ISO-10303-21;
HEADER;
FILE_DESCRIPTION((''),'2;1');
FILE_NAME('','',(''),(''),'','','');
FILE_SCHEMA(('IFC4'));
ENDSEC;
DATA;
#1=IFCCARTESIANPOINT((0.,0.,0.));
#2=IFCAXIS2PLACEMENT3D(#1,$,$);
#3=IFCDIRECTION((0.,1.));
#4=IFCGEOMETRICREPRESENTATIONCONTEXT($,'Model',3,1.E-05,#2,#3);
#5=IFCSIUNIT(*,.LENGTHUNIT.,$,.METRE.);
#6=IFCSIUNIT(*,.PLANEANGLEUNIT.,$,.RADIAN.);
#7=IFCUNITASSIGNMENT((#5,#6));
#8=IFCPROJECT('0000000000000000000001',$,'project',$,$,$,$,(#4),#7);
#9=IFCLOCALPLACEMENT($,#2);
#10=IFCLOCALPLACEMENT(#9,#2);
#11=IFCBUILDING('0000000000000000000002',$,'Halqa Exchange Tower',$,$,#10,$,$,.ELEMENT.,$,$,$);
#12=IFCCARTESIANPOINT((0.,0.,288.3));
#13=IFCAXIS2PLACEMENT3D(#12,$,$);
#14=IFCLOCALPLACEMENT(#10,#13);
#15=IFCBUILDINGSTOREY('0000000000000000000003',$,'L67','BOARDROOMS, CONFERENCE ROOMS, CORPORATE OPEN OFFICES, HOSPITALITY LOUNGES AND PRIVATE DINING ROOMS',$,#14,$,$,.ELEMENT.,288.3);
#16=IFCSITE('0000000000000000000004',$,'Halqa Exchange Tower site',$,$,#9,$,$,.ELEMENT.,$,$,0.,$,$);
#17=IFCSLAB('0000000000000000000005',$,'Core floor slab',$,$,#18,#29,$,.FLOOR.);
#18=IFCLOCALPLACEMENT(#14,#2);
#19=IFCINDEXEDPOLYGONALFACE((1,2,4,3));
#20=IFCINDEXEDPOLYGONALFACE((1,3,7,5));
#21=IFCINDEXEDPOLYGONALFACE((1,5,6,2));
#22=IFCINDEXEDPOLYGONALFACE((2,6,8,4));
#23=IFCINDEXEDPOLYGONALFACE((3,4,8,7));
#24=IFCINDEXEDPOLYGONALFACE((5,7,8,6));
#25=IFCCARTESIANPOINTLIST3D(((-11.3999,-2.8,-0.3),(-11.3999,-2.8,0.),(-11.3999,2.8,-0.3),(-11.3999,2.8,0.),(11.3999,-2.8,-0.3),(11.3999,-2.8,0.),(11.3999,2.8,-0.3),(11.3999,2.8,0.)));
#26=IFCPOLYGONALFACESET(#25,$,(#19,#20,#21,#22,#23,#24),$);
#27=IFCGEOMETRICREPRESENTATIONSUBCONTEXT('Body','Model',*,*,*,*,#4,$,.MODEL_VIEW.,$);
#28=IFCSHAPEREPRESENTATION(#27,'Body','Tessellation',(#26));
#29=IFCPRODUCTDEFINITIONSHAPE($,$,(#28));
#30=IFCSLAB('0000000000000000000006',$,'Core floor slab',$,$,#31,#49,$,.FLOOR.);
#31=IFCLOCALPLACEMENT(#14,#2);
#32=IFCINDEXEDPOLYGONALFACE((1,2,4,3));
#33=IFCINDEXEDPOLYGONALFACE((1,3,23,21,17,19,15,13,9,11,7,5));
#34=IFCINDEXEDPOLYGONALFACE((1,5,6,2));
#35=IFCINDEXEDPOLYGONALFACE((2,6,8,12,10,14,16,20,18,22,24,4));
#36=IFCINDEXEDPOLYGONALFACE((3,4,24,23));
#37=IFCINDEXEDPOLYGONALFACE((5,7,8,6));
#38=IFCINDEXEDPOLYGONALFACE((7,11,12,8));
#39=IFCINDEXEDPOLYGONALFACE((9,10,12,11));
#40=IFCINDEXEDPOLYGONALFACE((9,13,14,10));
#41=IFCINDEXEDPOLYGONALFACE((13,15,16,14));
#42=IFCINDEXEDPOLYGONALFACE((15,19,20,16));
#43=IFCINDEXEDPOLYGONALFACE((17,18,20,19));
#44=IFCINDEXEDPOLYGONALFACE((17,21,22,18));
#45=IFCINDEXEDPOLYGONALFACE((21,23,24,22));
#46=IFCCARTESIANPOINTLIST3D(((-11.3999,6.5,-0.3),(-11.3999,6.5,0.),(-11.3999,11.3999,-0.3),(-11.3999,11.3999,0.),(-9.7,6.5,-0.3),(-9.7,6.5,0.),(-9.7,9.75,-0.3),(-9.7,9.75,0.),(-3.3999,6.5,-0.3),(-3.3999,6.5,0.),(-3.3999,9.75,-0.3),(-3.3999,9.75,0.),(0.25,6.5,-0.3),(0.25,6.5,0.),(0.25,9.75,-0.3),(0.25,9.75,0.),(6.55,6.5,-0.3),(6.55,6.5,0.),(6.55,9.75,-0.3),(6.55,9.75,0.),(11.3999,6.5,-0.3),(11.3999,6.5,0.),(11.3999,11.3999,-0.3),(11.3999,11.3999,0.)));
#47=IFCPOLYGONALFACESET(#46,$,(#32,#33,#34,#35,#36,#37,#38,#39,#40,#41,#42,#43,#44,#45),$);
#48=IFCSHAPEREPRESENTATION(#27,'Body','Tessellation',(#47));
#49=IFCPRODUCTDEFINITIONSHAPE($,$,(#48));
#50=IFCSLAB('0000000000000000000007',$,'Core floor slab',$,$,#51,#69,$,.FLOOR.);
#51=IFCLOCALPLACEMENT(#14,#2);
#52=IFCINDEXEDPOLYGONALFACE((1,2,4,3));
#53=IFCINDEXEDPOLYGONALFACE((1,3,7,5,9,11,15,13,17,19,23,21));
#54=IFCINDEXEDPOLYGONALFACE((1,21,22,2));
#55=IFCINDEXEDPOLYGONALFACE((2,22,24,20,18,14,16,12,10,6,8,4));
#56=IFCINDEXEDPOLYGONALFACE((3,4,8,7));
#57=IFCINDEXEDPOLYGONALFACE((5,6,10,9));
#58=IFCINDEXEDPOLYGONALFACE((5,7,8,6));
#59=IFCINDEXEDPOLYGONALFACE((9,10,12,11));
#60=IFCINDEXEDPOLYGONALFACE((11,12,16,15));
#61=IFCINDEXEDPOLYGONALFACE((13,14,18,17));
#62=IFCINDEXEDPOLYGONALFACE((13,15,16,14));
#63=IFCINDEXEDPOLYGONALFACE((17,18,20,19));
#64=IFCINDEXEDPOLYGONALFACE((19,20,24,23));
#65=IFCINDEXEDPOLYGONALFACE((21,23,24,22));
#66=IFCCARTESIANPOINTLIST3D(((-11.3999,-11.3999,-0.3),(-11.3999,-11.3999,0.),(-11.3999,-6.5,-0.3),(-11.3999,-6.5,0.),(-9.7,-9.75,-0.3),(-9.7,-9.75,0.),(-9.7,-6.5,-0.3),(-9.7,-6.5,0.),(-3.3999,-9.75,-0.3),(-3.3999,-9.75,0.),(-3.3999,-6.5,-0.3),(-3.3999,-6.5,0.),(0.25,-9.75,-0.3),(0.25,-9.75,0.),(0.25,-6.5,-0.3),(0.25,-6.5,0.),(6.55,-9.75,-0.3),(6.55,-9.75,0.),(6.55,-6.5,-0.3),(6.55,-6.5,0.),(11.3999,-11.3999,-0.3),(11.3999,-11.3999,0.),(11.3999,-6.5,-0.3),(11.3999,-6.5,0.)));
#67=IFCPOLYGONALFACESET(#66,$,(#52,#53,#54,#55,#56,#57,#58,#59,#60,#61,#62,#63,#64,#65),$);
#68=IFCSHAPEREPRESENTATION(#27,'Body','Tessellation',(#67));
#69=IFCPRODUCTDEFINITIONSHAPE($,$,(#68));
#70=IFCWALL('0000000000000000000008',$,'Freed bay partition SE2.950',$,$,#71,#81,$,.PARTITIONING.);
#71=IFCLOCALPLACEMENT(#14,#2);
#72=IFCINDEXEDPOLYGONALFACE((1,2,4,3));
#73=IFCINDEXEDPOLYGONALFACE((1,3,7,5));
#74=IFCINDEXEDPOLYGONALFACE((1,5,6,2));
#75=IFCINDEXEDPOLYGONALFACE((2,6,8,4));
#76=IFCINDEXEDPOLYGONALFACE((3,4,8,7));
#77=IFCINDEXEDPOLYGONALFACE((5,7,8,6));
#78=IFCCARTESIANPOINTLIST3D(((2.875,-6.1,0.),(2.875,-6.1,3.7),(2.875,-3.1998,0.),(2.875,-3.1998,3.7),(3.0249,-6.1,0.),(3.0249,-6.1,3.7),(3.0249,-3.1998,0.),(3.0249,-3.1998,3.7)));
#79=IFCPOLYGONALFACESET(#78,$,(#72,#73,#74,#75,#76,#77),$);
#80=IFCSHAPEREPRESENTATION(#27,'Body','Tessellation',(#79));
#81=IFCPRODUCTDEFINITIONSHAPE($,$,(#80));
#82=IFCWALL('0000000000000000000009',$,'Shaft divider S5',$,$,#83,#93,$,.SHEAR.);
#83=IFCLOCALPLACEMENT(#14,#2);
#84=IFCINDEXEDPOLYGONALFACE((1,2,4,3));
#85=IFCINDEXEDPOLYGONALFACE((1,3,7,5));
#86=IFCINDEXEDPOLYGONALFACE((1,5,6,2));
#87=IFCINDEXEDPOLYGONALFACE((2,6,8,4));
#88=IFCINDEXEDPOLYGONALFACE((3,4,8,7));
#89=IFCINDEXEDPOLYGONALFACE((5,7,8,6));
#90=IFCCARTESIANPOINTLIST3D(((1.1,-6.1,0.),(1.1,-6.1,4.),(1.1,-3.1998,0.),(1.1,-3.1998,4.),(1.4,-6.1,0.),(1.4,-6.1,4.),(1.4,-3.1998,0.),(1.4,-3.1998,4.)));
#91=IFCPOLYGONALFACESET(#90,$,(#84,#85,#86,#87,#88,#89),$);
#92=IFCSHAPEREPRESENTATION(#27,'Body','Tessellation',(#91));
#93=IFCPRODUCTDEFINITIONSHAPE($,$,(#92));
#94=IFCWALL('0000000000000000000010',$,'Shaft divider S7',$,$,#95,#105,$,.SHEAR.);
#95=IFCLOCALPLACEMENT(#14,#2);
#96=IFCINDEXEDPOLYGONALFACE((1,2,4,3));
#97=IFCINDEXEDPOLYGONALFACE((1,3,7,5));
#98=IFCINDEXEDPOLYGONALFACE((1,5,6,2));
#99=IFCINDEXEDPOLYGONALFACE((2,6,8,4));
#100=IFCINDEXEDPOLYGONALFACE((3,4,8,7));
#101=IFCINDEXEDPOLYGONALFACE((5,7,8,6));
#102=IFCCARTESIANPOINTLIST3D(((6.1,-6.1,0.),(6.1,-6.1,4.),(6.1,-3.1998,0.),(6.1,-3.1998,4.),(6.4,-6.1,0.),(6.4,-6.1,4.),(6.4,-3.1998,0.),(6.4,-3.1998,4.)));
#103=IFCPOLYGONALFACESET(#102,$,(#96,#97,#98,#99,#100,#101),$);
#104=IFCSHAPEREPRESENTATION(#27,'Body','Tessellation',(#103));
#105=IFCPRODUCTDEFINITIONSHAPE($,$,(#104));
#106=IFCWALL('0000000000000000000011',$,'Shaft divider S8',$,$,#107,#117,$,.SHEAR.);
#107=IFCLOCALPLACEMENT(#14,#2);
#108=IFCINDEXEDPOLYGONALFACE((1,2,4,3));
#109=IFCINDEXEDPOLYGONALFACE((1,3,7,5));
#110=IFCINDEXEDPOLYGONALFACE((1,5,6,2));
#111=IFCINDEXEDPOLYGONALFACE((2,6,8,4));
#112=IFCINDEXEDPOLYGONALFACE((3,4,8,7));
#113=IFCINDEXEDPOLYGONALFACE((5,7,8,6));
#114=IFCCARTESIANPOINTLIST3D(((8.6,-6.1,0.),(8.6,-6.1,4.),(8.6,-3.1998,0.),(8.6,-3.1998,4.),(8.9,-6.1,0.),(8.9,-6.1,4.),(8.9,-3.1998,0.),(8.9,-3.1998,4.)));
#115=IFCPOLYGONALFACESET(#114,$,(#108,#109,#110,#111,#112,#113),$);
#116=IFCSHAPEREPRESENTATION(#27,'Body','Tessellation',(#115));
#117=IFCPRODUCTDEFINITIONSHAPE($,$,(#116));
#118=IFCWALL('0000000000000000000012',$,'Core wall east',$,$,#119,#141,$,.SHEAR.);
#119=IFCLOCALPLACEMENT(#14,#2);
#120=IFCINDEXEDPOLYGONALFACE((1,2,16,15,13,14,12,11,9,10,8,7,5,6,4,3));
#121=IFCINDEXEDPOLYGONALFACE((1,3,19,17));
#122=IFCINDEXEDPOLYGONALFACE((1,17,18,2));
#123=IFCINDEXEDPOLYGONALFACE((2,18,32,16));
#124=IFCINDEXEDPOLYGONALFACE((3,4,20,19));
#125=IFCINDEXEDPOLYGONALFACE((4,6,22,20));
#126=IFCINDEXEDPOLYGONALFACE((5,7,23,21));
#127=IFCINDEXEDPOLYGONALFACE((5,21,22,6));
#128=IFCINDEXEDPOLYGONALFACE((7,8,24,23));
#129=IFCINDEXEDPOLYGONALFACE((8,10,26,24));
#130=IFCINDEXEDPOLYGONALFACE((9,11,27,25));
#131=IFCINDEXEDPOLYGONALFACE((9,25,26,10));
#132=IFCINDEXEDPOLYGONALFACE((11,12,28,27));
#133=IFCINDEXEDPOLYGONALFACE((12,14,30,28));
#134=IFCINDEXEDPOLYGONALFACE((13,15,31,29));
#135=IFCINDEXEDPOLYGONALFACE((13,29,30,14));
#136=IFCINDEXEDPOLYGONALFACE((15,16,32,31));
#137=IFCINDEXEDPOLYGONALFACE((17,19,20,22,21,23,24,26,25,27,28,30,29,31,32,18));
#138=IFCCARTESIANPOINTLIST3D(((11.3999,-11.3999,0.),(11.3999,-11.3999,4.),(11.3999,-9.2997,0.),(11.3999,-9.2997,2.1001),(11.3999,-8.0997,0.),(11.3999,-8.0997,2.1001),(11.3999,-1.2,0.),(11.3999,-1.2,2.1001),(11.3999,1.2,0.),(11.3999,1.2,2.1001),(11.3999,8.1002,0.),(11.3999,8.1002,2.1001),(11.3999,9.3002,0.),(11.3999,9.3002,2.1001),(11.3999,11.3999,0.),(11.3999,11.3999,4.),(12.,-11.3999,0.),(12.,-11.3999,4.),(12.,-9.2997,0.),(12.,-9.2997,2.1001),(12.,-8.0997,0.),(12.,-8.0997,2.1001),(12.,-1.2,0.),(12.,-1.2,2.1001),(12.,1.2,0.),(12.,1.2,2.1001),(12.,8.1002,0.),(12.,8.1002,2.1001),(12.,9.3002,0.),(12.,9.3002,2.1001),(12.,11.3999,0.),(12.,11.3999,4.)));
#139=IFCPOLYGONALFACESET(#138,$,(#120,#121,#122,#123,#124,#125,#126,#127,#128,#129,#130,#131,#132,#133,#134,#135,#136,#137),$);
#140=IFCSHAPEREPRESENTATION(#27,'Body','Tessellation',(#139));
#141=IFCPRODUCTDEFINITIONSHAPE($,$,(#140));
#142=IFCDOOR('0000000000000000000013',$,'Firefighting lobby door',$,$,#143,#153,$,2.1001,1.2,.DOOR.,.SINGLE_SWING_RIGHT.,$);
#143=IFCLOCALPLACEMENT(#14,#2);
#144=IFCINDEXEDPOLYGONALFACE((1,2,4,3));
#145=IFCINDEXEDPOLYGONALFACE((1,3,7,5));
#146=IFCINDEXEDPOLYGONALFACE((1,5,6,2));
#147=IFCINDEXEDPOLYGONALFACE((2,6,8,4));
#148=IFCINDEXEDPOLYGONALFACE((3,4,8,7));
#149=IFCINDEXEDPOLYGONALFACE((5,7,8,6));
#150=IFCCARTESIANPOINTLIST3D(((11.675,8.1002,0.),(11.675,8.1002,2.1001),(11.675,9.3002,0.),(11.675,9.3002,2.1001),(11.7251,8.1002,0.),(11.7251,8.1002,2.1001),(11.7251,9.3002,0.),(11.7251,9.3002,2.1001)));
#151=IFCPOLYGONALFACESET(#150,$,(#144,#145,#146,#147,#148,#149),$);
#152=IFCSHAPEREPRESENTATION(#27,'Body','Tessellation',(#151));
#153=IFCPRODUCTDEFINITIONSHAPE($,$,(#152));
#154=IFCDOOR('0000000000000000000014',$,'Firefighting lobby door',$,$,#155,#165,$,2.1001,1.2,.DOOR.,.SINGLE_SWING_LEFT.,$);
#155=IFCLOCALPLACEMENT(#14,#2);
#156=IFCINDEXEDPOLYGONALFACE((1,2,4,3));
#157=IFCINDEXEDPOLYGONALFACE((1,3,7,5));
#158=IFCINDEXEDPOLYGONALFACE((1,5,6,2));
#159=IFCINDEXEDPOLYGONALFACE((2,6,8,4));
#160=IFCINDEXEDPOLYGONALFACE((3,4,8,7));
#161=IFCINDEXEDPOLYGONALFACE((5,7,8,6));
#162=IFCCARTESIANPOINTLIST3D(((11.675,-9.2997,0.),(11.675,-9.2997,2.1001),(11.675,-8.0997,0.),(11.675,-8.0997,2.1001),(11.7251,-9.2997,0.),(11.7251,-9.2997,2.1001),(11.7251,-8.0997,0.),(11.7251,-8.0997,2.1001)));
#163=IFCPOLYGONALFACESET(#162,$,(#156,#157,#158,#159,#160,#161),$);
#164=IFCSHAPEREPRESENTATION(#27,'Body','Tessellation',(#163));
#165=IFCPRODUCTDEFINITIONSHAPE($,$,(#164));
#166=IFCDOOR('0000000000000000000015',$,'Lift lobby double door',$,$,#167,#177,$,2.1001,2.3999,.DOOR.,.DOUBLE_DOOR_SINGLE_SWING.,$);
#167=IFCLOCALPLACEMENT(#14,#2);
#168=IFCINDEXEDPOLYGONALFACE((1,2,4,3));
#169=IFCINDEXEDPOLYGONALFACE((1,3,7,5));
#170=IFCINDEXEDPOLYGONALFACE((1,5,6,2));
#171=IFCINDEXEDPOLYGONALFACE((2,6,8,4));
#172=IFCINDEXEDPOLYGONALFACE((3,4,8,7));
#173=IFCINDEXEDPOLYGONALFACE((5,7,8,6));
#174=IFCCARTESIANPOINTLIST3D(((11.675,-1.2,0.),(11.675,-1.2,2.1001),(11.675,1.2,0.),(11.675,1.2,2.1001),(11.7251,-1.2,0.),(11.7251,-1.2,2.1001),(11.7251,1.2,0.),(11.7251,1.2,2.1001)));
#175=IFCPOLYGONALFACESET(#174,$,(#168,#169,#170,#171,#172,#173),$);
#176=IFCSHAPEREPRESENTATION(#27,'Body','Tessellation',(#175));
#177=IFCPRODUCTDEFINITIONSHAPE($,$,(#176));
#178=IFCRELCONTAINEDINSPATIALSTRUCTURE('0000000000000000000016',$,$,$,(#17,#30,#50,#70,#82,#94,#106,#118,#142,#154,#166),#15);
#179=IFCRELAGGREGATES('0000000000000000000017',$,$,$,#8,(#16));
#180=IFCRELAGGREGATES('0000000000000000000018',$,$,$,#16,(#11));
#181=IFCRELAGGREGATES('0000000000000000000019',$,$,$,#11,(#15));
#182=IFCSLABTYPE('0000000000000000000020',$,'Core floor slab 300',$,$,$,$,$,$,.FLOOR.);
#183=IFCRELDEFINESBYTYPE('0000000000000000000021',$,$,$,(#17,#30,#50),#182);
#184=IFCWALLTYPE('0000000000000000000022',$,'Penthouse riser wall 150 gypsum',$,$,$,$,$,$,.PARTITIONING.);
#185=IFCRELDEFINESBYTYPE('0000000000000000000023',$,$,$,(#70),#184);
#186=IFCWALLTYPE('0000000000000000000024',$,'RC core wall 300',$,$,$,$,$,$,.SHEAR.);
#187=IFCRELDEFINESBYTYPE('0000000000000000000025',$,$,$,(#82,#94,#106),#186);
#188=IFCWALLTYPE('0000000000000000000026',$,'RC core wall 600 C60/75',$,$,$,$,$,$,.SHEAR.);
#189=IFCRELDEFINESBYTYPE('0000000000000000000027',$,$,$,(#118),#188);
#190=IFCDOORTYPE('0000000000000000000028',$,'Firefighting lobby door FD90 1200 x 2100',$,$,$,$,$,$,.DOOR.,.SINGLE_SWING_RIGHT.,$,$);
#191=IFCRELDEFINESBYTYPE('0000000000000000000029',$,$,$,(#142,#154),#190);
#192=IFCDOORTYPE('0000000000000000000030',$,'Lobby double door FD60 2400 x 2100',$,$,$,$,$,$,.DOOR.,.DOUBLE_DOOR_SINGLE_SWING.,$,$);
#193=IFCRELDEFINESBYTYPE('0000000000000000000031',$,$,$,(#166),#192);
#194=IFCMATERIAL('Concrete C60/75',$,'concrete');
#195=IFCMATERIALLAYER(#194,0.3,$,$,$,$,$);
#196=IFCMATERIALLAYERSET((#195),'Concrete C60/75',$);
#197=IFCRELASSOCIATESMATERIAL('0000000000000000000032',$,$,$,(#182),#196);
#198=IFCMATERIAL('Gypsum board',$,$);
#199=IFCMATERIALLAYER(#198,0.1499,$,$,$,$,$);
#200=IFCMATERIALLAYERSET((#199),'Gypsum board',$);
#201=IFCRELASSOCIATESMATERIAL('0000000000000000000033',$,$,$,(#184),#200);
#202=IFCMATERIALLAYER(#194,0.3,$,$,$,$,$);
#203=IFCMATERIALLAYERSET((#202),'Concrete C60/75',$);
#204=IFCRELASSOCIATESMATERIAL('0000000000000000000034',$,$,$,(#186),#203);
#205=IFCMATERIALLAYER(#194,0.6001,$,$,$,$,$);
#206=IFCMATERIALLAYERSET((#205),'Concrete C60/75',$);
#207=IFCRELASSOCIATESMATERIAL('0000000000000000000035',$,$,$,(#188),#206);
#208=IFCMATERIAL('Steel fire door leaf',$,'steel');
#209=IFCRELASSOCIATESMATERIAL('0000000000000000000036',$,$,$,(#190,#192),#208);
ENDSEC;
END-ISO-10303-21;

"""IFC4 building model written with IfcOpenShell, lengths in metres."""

from ifc_helpers import new_model, si_unit, direction, frame, frame_2d, origin, place, context, subcontext, project, spatial, polyline, rectangle, outline, extrude, material, layer, layer_set, type_object, element, fill, save


model = new_model("IFC4")

# Units and contexts
model_context = context("Model", 3, precision=1e-05, world=origin(), true_north=direction((0.0, 1.0)))
body_context = subcontext(model_context, "Body", "Model", "MODEL_VIEW")
ifc_project = project(units=[si_unit("LENGTHUNIT", "METRE"), si_unit("PLANEANGLEUNIT", "RADIAN")], contexts=[model_context])

# Site, building, storey
site_placement = place(None, origin())
site = spatial("IfcSite", under=ifc_project, at=site_placement, Name="Halqa Exchange Tower site", CompositionType="ELEMENT", RefElevation=0.0)
building_placement = place(site_placement, origin())
building = spatial("IfcBuilding", under=site, at=building_placement, Name="Halqa Exchange Tower", CompositionType="ELEMENT")
storey_placement = place(building_placement, frame((0.0, 0.0, 288.3)))
storey = spatial("IfcBuildingStorey", under=building, at=storey_placement, Name="L67", Description="BOARDROOMS, CONFERENCE ROOMS, CORPORATE OPEN OFFICES, HOSPITALITY LOUNGES AND PRIVATE DINING ROOMS", CompositionType="ELEMENT", Elevation=288.3)

# Slabs
ifc_material_1 = material(Name="Concrete C60/75", Category="concrete")
ifc_layer_1 = layer(ifc_material_1, 0.3)
ifc_layer_set_1 = layer_set([ifc_layer_1], Name="Concrete C60/75")
slab_type = type_object("IfcSlabType", Name="Core floor slab 300", PredefinedType="FLOOR", material=ifc_layer_set_1)
slab_1_placement = place(storey_placement, frame((0.0, 0.0, -0.3)))
element("IfcSlab", 1, at=slab_1_placement, inside=storey, type_object=slab_type, Name="Core floor slab", PredefinedType="FLOOR", context=body_context, shape_type="SweptSolid", body=[
    extrude(outline(polyline([(-11.3999, 2.8), (11.3999, 2.8), (11.3999, -2.8), (-11.3999, -2.8), (-11.3999, 2.8)])), origin(), (0.0, 0.0, 1.0), 0.3),
])
slab_2_placement = place(storey_placement, frame((0.0, 0.0, -0.3)))
element("IfcSlab", 2, at=slab_2_placement, inside=storey, type_object=slab_type, Name="Core floor slab", PredefinedType="FLOOR", context=body_context, shape_type="SweptSolid", body=[
    extrude(outline(polyline([(-11.3999, 11.3999), (11.3999, 11.3999), (11.3999, 6.5), (6.55, 6.5), (6.55, 9.75), (0.25, 9.75), (0.25, 6.5), (-3.3999, 6.5), (-3.3999, 9.75), (-9.7, 9.75), (-9.7, 6.5), (-11.3999, 6.5), (-11.3999, 11.3999)])), origin(), (0.0, 0.0, 1.0), 0.3),
])
slab_3_placement = place(storey_placement, frame((0.0, 0.0, -0.3)))
element("IfcSlab", 3, at=slab_3_placement, inside=storey, type_object=slab_type, Name="Core floor slab", PredefinedType="FLOOR", context=body_context, shape_type="SweptSolid", body=[
    extrude(outline(polyline([(-11.3999, -6.5), (-9.7, -6.5), (-9.7, -9.75), (-3.3999, -9.75), (-3.3999, -6.5), (0.25, -6.5), (0.25, -9.75), (6.55, -9.75), (6.55, -6.5), (11.3999, -6.5), (11.3999, -11.3999), (-11.3999, -11.3999), (-11.3999, -6.5)])), origin(), (0.0, 0.0, 1.0), 0.3),
])

# Walls
ifc_material_2 = material(Name="Gypsum board")
ifc_layer_2 = layer(ifc_material_2, 0.1499)
ifc_layer_set_2 = layer_set([ifc_layer_2], Name="Gypsum board")
wall_type_1 = type_object("IfcWallType", Name="Penthouse riser wall 150 gypsum", PredefinedType="PARTITIONING", material=ifc_layer_set_2)
wall_1_placement = place(storey_placement, frame((2.95, -6.1001, 0.0), z_axis=(0.0, 0.0, 1.0), x_axis=(0.0, 1.0, 0.0)))
element("IfcWall", 4, at=wall_1_placement, inside=storey, type_object=wall_type_1, Name="Freed bay partition SE2.950", PredefinedType="PARTITIONING", context=body_context, shape_type="SweptSolid", body=[
    extrude(rectangle(XDim=2.9001, YDim=0.1499, at=frame_2d((1.4502, 0.0))), origin(), (0.0, 0.0, 1.0), 3.7),
])
ifc_layer_3 = layer(ifc_material_1, 0.3)
ifc_layer_set_3 = layer_set([ifc_layer_3], Name="Concrete C60/75")
wall_type_2 = type_object("IfcWallType", Name="RC core wall 300", PredefinedType="SHEAR", material=ifc_layer_set_3)
for number, where, z_axis, x_axis, name in (
    (5, (1.25, -6.1001, 0.0), (0.0, 0.0, 1.0), (0.0, 1.0, 0.0), "Shaft divider S5"),
    (6, (6.25, -6.1001, 0.0), (0.0, 0.0, 1.0), (0.0, 1.0, 0.0), "Shaft divider S7"),
    (7, (8.75, -6.1001, 0.0), (0.0, 0.0, 1.0), (0.0, 1.0, 0.0), "Shaft divider S8"),
):
    element("IfcWall", number, at=place(storey_placement, frame(where, z_axis=z_axis, x_axis=x_axis)), inside=storey, type_object=wall_type_2, Name=name, PredefinedType="SHEAR", context=body_context, shape_type="SweptSolid", body=[
        extrude(rectangle(XDim=2.9001, YDim=0.3, at=frame_2d((1.4502, 0.0))), origin(), (0.0, 0.0, 1.0), 4.0),
    ])

# Wall, openings, doors
ifc_layer_4 = layer(ifc_material_1, 0.6001)
ifc_layer_set_4 = layer_set([ifc_layer_4], Name="Concrete C60/75")
wall_type_3 = type_object("IfcWallType", Name="RC core wall 600 C60/75", PredefinedType="SHEAR", material=ifc_layer_set_4)
wall_2_placement = place(storey_placement, frame((11.7, -11.3999, 0.0), z_axis=(0.0, 0.0, 1.0), x_axis=(0.0, 1.0, 0.0)))
wall_2 = element("IfcWall", 8, at=wall_2_placement, inside=storey, type_object=wall_type_3, Name="Core wall east", PredefinedType="SHEAR", context=body_context, shape_type="SweptSolid", body=[
    extrude(rectangle(XDim=22.7998, YDim=0.6001, at=frame_2d((11.3999, 0.0))), origin(), (0.0, 0.0, 1.0), 4.0),
])
opening_1_placement = place(wall_2_placement, frame((10.2, 0.0, 0.0)))
opening_1 = element("IfcOpeningElement", 9, at=opening_1_placement, cuts=wall_2, PredefinedType="OPENING", context=body_context, shape_type="SweptSolid", body=[
    extrude(rectangle(XDim=2.3999, YDim=2.1001, at=frame_2d((1.2, 1.05))), frame((0.0, 0.312, 0.0), z_axis=(0.0, -1.0, 0.0), x_axis=(1.0, 0.0, 0.0)), (0.0, 0.0, 1.0), 0.624),
])
opening_2_placement = place(wall_2_placement, frame((19.5, 0.0, 0.0)))
opening_2 = element("IfcOpeningElement", 10, at=opening_2_placement, cuts=wall_2, PredefinedType="OPENING", context=body_context, shape_type="SweptSolid", body=[
    extrude(rectangle(XDim=1.2, YDim=2.1001, at=frame_2d((0.6001, 1.05))), frame((0.0, 0.312, 0.0), z_axis=(0.0, -1.0, 0.0), x_axis=(1.0, 0.0, 0.0)), (0.0, 0.0, 1.0), 0.624),
])
opening_3_placement = place(wall_2_placement, frame((2.1001, 0.0, 0.0)))
opening_3 = element("IfcOpeningElement", 11, at=opening_3_placement, cuts=wall_2, PredefinedType="OPENING", context=body_context, shape_type="SweptSolid", body=[
    extrude(rectangle(XDim=1.2, YDim=2.1001, at=frame_2d((0.6001, 1.05))), frame((0.0, 0.312, 0.0), z_axis=(0.0, -1.0, 0.0), x_axis=(1.0, 0.0, 0.0)), (0.0, 0.0, 1.0), 0.624),
])
ifc_material_3 = material(Name="Steel fire door leaf", Category="steel")
door_type_1 = type_object("IfcDoorType", Name="Firefighting lobby door FD90 1200 x 2100", OperationType="SINGLE_SWING_RIGHT", PredefinedType="DOOR", material=ifc_material_3)
door_1_placement = place(opening_2_placement, origin())
door_1 = element("IfcDoor", 12, at=door_1_placement, inside=storey, type_object=door_type_1, Name="Firefighting lobby door", OperationType="SINGLE_SWING_RIGHT", OverallHeight=2.1001, OverallWidth=1.2, PredefinedType="DOOR", context=body_context, shape_type="SweptSolid", body=[
    extrude(rectangle(XDim=1.2, YDim=2.1001, at=frame_2d((0.6001, 1.05))), frame((0.0, 0.0249, 0.0), z_axis=(0.0, -1.0, 0.0), x_axis=(1.0, 0.0, 0.0)), (0.0, 0.0, 1.0), 0.05),
])
fill(opening_2, door_1)
door_2_placement = place(opening_3_placement, origin())
door_2 = element("IfcDoor", 13, at=door_2_placement, inside=storey, type_object=door_type_1, Name="Firefighting lobby door", OperationType="SINGLE_SWING_LEFT", OverallHeight=2.1001, OverallWidth=1.2, PredefinedType="DOOR", context=body_context, shape_type="SweptSolid", body=[
    extrude(rectangle(XDim=1.2, YDim=2.1001, at=frame_2d((0.6001, 1.05))), frame((0.0, 0.0249, 0.0), z_axis=(0.0, -1.0, 0.0), x_axis=(1.0, 0.0, 0.0)), (0.0, 0.0, 1.0), 0.05),
])
fill(opening_3, door_2)
door_type_2 = type_object("IfcDoorType", Name="Lobby double door FD60 2400 x 2100", OperationType="DOUBLE_DOOR_SINGLE_SWING", PredefinedType="DOOR", material=ifc_material_3)
door_3_placement = place(opening_1_placement, origin())
door_3 = element("IfcDoor", 14, at=door_3_placement, inside=storey, type_object=door_type_2, Name="Lift lobby double door", OperationType="DOUBLE_DOOR_SINGLE_SWING", OverallHeight=2.1001, OverallWidth=2.3999, PredefinedType="DOOR", context=body_context, shape_type="SweptSolid", body=[
    extrude(rectangle(XDim=2.3999, YDim=2.1001, at=frame_2d((1.2, 1.05))), frame((0.0, 0.0249, 0.0), z_axis=(0.0, -1.0, 0.0), x_axis=(1.0, 0.0, 0.0)), (0.0, 0.0, 1.0), 0.05),
])
fill(opening_1, door_3)

save(model, "model.ifc")
